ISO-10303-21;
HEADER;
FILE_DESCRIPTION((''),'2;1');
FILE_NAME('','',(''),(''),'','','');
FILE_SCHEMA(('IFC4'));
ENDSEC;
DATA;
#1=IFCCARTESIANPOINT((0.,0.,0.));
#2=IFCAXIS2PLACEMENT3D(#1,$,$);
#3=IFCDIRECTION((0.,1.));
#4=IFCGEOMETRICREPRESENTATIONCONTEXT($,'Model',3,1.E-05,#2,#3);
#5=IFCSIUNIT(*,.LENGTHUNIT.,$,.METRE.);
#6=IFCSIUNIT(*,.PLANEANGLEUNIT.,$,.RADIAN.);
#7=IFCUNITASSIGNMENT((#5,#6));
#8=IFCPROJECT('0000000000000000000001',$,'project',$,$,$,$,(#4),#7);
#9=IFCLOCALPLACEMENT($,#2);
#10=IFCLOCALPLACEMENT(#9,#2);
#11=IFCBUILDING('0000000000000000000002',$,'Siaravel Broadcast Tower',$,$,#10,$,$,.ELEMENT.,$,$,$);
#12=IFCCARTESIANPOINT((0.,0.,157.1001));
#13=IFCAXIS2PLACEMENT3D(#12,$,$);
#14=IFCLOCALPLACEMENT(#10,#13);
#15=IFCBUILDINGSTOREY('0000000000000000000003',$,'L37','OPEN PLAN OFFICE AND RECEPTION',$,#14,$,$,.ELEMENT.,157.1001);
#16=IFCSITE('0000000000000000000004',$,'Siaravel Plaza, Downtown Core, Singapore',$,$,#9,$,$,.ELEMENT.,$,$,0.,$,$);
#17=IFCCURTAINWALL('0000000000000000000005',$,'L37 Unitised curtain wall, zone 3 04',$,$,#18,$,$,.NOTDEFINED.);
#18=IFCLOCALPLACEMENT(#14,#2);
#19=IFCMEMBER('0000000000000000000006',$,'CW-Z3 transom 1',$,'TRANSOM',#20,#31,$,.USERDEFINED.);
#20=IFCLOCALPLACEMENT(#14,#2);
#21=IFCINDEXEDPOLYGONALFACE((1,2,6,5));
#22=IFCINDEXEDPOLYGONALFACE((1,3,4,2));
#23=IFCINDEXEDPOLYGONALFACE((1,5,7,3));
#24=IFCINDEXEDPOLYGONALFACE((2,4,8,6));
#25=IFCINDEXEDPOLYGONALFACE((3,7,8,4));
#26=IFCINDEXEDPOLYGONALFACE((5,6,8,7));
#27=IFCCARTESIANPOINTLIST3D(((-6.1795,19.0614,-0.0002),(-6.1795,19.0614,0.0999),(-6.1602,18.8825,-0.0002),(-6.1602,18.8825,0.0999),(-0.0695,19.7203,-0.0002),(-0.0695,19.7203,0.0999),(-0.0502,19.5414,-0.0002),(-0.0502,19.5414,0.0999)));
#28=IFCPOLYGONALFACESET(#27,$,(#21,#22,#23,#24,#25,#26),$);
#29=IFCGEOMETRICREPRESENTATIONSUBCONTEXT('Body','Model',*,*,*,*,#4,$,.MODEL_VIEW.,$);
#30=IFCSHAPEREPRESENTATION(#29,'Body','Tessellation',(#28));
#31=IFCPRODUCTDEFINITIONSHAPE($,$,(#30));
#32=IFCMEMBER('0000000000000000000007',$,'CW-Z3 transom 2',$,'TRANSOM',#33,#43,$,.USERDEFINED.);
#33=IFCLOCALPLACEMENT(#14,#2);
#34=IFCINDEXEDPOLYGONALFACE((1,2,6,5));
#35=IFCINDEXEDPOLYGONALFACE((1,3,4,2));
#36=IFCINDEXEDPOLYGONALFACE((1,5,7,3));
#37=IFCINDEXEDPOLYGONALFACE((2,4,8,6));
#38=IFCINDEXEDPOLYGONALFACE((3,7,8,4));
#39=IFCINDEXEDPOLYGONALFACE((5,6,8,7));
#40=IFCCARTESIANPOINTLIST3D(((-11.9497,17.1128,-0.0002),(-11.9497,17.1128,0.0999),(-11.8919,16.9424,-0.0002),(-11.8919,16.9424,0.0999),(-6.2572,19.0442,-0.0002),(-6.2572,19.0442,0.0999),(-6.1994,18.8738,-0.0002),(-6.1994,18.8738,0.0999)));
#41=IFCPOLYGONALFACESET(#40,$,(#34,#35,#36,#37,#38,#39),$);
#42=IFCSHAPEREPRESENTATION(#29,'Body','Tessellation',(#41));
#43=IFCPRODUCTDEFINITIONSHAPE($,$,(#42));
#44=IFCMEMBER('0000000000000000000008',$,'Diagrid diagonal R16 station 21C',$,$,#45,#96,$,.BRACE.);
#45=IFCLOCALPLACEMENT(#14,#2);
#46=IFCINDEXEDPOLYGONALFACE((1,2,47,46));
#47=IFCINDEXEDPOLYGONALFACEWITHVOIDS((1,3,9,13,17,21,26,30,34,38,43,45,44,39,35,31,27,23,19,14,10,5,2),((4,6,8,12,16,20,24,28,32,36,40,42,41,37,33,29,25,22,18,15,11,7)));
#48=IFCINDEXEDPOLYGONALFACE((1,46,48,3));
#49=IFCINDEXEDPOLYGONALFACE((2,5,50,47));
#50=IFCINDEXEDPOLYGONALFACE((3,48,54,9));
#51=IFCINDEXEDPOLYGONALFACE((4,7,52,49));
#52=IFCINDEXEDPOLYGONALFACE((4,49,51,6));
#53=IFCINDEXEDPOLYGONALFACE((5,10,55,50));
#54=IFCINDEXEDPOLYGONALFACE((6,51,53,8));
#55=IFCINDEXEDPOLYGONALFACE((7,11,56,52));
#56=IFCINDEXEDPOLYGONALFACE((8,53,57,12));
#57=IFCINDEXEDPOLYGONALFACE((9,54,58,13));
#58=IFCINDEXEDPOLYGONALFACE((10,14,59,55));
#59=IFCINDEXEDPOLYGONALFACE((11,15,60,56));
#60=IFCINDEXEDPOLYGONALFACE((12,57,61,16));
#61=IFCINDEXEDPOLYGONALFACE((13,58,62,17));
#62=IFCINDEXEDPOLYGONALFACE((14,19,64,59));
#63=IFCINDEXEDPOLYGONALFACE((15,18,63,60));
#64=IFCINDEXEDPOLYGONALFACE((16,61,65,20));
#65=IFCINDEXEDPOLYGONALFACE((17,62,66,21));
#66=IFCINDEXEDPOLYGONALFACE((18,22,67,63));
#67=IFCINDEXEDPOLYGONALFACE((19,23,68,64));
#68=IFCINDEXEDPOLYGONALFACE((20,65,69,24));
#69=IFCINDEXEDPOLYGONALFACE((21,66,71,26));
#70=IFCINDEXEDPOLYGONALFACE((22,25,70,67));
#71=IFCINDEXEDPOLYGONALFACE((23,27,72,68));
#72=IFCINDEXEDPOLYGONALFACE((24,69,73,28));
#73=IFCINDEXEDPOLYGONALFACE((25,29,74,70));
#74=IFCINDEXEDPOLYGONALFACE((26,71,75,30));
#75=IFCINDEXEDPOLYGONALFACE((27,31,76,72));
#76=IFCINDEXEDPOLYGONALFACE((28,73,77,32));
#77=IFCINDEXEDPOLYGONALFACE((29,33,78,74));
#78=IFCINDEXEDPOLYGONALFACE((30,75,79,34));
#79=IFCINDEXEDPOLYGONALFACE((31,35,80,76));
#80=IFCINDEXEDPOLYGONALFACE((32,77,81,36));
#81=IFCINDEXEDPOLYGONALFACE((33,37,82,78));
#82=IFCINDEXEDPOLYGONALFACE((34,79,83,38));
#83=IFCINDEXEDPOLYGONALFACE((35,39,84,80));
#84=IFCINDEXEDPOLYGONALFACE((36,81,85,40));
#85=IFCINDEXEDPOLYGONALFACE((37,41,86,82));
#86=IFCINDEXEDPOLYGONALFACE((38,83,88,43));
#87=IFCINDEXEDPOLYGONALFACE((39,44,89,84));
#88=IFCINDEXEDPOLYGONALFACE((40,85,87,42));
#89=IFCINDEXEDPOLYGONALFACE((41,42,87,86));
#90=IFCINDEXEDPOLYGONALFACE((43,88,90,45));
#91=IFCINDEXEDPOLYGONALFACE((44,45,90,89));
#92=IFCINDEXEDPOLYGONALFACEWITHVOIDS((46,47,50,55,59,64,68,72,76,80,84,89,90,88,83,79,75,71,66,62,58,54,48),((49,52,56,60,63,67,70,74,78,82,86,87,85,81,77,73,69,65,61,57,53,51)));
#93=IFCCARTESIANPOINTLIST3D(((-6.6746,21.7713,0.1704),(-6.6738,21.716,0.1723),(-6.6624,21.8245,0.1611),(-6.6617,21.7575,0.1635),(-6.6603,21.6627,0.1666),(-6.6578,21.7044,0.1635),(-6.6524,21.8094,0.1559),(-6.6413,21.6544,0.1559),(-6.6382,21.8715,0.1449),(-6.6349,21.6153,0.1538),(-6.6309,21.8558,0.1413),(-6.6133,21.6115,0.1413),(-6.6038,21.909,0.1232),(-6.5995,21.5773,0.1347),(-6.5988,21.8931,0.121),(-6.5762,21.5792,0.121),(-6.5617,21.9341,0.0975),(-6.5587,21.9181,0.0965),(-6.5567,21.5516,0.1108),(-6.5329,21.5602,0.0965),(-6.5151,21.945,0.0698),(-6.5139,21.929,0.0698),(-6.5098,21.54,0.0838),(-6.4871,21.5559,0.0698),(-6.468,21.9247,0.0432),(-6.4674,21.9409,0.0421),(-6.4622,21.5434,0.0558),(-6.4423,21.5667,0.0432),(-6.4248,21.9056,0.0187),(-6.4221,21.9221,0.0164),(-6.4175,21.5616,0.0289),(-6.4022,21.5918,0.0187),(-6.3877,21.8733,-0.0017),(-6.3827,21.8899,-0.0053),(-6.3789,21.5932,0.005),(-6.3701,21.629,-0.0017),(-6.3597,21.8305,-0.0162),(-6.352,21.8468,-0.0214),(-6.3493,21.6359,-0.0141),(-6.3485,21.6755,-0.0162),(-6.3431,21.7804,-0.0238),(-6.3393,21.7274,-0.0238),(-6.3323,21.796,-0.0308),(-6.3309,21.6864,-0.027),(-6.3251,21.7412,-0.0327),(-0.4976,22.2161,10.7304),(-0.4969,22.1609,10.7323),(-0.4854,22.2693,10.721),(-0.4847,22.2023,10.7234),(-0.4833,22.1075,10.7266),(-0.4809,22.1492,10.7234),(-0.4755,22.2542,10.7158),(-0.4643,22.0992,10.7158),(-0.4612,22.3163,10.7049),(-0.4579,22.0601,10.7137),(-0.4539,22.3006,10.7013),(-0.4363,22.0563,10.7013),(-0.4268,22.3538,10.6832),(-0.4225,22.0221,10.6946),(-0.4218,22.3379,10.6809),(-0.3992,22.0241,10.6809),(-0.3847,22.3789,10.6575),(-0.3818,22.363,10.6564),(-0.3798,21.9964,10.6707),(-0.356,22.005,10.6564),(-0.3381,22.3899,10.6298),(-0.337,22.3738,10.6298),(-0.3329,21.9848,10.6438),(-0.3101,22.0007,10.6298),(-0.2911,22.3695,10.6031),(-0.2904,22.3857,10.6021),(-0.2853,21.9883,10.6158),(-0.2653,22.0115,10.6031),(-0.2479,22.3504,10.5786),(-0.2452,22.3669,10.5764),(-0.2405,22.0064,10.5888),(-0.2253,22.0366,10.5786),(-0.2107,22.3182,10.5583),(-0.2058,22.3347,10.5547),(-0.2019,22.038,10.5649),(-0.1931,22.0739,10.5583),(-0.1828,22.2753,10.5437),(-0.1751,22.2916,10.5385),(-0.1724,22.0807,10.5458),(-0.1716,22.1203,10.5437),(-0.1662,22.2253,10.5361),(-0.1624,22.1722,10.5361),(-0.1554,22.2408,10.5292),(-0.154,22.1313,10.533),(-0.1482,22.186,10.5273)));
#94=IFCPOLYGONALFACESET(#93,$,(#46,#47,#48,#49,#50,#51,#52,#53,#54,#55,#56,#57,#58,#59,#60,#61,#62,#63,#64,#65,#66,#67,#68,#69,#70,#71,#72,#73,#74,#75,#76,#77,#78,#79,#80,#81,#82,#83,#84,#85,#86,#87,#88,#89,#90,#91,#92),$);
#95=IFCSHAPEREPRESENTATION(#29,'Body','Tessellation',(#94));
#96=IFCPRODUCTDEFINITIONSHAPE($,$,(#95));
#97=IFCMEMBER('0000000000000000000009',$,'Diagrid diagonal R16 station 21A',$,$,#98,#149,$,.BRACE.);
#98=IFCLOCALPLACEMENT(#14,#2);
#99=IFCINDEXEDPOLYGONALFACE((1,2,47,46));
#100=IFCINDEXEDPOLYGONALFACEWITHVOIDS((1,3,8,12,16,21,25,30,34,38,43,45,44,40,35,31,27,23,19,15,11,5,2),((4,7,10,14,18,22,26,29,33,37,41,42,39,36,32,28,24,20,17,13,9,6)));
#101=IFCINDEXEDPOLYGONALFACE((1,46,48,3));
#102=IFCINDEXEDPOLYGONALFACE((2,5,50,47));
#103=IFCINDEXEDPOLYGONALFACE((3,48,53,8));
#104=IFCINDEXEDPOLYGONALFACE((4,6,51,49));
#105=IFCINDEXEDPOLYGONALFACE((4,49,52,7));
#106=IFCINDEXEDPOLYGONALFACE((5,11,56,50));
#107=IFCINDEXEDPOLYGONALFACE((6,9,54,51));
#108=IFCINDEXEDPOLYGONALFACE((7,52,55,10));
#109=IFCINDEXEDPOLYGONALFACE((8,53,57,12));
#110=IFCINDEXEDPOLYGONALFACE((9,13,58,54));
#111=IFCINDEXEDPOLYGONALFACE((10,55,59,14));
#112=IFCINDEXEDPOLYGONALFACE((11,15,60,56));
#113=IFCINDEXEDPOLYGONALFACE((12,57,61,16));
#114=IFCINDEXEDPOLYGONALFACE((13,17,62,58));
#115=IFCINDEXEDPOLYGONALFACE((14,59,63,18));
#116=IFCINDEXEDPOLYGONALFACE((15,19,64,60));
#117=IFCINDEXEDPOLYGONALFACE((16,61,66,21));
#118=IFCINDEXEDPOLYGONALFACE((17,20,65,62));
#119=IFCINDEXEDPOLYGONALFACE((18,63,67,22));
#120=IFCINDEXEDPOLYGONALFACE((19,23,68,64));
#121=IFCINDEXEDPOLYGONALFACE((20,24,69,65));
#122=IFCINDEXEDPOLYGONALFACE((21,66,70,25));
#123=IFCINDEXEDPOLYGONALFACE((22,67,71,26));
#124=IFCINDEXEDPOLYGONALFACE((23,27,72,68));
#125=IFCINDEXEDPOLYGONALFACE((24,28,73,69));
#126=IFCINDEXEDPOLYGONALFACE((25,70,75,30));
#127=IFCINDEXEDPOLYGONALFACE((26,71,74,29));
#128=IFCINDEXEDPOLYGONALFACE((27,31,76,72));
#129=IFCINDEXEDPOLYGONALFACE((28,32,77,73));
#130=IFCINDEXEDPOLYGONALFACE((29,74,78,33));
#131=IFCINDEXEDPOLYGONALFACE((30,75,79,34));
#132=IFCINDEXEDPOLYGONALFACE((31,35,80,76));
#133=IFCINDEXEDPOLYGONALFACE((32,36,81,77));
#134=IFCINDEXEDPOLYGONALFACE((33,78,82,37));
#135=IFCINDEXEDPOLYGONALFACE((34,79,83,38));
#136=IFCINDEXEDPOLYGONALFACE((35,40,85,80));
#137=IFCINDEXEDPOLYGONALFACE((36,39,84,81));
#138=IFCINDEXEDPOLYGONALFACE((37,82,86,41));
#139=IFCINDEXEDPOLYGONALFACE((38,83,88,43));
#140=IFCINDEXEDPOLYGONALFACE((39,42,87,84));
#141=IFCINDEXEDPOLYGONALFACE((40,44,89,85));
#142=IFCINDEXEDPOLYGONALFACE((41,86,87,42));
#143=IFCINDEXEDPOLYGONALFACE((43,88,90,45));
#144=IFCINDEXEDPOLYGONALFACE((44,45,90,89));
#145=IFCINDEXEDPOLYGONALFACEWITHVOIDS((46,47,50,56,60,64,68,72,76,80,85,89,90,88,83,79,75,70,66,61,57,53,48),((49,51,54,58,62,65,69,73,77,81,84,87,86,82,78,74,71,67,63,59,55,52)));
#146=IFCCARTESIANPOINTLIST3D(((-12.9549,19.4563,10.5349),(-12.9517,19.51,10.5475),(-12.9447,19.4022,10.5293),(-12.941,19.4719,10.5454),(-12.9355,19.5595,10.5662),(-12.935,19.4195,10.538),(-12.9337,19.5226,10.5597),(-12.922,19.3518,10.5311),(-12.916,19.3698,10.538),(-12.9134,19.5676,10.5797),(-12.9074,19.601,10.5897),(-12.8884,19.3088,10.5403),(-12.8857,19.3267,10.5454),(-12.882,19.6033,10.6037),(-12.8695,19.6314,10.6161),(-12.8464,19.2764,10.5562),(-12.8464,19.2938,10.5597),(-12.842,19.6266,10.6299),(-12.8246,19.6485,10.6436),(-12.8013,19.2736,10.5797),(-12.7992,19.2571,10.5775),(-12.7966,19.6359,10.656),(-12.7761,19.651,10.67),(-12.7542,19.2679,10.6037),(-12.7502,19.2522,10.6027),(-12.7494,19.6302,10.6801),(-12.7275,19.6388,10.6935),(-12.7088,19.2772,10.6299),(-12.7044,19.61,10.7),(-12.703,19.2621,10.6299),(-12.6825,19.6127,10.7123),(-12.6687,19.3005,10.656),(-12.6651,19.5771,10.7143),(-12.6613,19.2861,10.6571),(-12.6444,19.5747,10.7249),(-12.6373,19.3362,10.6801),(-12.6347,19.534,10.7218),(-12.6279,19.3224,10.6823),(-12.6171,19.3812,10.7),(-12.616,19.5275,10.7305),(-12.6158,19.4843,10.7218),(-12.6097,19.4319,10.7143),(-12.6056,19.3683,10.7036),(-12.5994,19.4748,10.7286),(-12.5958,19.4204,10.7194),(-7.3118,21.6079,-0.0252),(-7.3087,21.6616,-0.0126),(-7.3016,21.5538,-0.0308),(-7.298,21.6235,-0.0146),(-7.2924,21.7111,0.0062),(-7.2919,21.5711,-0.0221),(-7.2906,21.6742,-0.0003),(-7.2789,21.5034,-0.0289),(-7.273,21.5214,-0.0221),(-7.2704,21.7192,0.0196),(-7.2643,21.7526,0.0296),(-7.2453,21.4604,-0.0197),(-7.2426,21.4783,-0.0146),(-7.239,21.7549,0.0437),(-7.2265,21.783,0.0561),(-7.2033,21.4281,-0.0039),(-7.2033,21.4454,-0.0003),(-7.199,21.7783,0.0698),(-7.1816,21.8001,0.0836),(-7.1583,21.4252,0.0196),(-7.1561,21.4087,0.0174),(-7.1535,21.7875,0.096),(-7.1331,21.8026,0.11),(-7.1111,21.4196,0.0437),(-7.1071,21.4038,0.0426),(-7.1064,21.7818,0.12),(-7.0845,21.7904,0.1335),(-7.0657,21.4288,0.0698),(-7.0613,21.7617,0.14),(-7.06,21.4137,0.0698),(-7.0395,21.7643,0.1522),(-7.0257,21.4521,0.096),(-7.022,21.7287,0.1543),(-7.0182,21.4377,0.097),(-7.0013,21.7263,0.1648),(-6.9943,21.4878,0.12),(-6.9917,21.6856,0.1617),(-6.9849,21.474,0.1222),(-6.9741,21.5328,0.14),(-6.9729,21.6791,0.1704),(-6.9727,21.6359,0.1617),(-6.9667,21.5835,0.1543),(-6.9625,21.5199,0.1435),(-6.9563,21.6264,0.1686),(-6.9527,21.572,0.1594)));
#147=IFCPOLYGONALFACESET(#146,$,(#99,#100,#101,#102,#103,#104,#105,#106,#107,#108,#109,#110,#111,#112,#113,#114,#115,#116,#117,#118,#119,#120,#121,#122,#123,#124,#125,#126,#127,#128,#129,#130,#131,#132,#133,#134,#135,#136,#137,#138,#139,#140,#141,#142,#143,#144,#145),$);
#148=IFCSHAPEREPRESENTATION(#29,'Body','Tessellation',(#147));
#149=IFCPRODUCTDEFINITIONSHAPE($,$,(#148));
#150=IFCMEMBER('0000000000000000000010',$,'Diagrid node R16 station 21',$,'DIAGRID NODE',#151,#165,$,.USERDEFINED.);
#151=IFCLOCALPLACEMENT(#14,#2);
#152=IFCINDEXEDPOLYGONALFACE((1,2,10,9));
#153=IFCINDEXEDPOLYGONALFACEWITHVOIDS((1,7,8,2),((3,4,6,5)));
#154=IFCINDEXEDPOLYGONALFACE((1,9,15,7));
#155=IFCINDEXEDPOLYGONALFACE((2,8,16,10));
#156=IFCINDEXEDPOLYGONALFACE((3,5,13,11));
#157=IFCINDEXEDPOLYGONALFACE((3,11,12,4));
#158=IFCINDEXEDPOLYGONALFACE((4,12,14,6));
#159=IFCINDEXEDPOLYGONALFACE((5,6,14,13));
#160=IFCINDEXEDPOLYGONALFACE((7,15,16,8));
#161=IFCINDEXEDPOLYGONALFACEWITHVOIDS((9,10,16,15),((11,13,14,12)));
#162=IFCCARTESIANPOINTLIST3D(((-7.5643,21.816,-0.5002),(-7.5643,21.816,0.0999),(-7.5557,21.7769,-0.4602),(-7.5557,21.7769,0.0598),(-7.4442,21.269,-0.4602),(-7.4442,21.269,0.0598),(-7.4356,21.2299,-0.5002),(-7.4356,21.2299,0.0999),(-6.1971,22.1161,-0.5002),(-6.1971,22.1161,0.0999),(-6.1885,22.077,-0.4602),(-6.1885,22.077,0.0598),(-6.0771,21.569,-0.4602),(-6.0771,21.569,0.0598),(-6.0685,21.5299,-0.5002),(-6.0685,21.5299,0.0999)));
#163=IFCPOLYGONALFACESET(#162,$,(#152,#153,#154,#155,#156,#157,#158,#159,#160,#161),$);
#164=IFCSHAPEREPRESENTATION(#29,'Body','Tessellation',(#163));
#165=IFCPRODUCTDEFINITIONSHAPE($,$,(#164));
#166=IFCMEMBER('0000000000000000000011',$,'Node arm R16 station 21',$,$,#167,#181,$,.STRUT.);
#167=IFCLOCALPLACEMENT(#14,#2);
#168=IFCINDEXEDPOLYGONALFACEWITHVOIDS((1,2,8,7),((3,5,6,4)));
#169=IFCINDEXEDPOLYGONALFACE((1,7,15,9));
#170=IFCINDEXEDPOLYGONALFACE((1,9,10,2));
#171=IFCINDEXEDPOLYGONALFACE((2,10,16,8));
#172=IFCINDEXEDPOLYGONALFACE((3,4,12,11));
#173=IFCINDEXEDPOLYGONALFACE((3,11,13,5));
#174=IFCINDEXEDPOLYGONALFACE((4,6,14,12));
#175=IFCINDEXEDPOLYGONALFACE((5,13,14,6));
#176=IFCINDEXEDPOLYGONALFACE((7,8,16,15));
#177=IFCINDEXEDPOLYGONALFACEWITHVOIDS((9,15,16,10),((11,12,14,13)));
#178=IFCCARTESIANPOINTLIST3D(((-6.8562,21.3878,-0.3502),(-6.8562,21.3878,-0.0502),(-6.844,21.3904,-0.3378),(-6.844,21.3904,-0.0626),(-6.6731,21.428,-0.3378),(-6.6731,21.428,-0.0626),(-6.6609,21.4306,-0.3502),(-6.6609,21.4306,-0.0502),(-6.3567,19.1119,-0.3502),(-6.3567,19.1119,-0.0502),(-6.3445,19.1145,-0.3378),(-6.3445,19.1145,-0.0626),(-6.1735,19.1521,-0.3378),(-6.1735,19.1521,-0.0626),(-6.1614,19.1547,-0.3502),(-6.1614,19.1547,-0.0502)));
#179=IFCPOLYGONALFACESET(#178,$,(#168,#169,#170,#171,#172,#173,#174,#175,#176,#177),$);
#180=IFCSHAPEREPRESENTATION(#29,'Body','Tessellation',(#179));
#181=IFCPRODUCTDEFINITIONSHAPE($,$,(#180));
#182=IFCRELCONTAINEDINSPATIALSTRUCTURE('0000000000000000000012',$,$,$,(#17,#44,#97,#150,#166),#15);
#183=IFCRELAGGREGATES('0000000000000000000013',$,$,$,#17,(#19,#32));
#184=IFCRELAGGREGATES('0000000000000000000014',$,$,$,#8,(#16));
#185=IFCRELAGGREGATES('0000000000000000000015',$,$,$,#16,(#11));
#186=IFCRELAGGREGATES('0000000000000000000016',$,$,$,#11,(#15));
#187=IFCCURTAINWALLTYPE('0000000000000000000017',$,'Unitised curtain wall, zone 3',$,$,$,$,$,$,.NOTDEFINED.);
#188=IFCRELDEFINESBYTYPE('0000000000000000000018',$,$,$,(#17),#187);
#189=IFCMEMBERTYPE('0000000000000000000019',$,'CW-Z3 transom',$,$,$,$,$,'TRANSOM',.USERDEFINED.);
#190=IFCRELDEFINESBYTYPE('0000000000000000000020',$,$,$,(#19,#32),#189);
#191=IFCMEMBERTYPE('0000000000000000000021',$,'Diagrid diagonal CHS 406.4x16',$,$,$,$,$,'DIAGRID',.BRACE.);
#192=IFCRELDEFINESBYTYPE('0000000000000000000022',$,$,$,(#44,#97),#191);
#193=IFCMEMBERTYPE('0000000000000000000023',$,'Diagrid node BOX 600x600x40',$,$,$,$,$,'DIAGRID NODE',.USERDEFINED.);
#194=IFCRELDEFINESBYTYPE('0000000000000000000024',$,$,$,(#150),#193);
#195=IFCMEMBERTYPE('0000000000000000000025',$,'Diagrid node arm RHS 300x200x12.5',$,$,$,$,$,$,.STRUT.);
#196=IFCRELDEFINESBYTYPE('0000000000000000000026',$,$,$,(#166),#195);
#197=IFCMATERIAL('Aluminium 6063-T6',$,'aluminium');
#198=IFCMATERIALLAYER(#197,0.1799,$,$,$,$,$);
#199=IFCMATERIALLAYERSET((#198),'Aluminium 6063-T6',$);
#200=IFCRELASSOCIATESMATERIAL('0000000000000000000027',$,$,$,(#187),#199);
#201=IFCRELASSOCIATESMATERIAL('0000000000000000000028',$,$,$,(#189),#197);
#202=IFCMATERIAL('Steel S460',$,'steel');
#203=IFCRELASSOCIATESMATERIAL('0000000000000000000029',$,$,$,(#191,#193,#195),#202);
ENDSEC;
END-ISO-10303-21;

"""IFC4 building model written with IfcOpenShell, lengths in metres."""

from ifc_helpers import new_model, si_unit, direction, frame, origin, origin_2d, place, context, subcontext, project, spatial, rectangle, hollow_rectangle, hollow_circle, extrude, material, layer, layer_set, material_profile, profile_set, type_object, element, aggregate, save


model = new_model("IFC4")

# Units and contexts
model_context = context("Model", 3, precision=1e-05, world=origin(), true_north=direction((0.0, 1.0)))
body_context = subcontext(model_context, "Body", "Model", "MODEL_VIEW")
ifc_project = project(units=[si_unit("LENGTHUNIT", "METRE"), si_unit("PLANEANGLEUNIT", "RADIAN")], contexts=[model_context])

# Site, building, storey
site_placement = place(None, origin())
site = spatial("IfcSite", under=ifc_project, at=site_placement, Name="Siaravel Plaza, Downtown Core, Singapore", CompositionType="ELEMENT", RefElevation=0.0)
building_placement = place(site_placement, origin())
building = spatial("IfcBuilding", under=site, at=building_placement, Name="Siaravel Broadcast Tower", CompositionType="ELEMENT")
storey_placement = place(building_placement, frame((0.0, 0.0, 157.1001)))
storey = spatial("IfcBuildingStorey", under=building, at=storey_placement, Name="L37", Description="OPEN PLAN OFFICE AND RECEPTION", CompositionType="ELEMENT", Elevation=157.1001)

# Curtain wall, members
ifc_material_1 = material(Name="Aluminium 6063-T6", Category="aluminium")
ifc_layer_1 = layer(ifc_material_1, 0.1799)
ifc_layer_set_1 = layer_set([ifc_layer_1], Name="Aluminium 6063-T6")
curtain_wall_type = type_object("IfcCurtainWallType", Name="Unitised curtain wall, zone 3", PredefinedType="NOTDEFINED", material=ifc_layer_set_1)
curtain_wall_placement = place(storey_placement, origin())
curtain_wall = element("IfcCurtainWall", 1, at=curtain_wall_placement, inside=storey, type_object=curtain_wall_type, Name="L37 Unitised curtain wall, zone 3 04", PredefinedType="NOTDEFINED")
ifc_material_profile_1 = material_profile(ifc_material_1, rectangle(XDim=0.1799, YDim=0.1001, at=origin_2d()))
ifc_profile_set_1 = profile_set([ifc_material_profile_1], Name="Aluminium 6063-T6")
member_type_1 = type_object("IfcMemberType", Name="CW-Z3 transom", ElementType="TRANSOM", PredefinedType="USERDEFINED", material=ifc_profile_set_1)
member_1_placement = place(storey_placement, frame((-0.0598, 19.6309, 0.0498), z_axis=(-0.994235, -0.107222, 0.0), x_axis=(0.107222, -0.994235, 0.0)))
member_1 = element("IfcMember", 2, at=member_1_placement, type_object=member_type_1, Name="CW-Z3 transom 1", ObjectType="TRANSOM", PredefinedType="USERDEFINED", context=body_context, shape_type="SweptSolid", body=[
    extrude(rectangle(XDim=0.1799, YDim=0.1001, at=origin_2d()), origin(), (0.0, 0.0, 1.0), 6.1455),
])
member_2_placement = place(storey_placement, frame((-6.2283, 18.959, 0.0498), z_axis=(-0.94698, -0.321292, 0.0), x_axis=(0.321292, -0.94698, 0.0)))
member_2 = element("IfcMember", 3, at=member_2_placement, type_object=member_type_1, Name="CW-Z3 transom 2", ObjectType="TRANSOM", PredefinedType="USERDEFINED", context=body_context, shape_type="SweptSolid", body=[
    extrude(rectangle(XDim=0.1799, YDim=0.1001, at=origin_2d()), origin(), (0.0, 0.0, 1.0), 6.0112),
])

# Members
ifc_material_2 = material(Name="Steel S460", Category="steel")
ifc_material_profile_2 = material_profile(ifc_material_2, hollow_circle(Radius=0.2031, WallThickness=0.0161, at=origin_2d()))
ifc_profile_set_2 = profile_set([ifc_material_profile_2], Name="Steel S460")
member_type_2 = type_object("IfcMemberType", Name="Diagrid diagonal CHS 406.4x16", ElementType="DIAGRID", PredefinedType="BRACE", material=ifc_profile_set_2)
member_3_placement = place(storey_placement, frame((-6.5005, 21.7424, 0.0698), z_axis=(0.504572, 0.036336, 0.862605), x_axis=(-0.071827, 0.997417, 0.0)))
element("IfcMember", 4, at=member_3_placement, inside=storey, type_object=member_type_2, Name="Diagrid diagonal R16 station 21C", PredefinedType="BRACE", context=body_context, shape_type="SweptSolid", body=[
    extrude(hollow_circle(Radius=0.2031, WallThickness=0.0161, at=origin_2d()), origin(), (0.0, 0.0, 1.0), 12.2419),
])
member_4_placement = place(storey_placement, frame((-7.1323, 21.6035, 0.0698), z_axis=(-0.463875, -0.176868, 0.868065), x_axis=(0.356266, -0.934385, 0.0)))
element("IfcMember", 5, at=member_4_placement, inside=storey, type_object=member_type_2, Name="Diagrid diagonal R16 station 21A", PredefinedType="BRACE", context=body_context, shape_type="SweptSolid", body=[
    extrude(hollow_circle(Radius=0.2031, WallThickness=0.0161, at=origin_2d()), origin(), (0.0, 0.0, 1.0), 12.165),
])
ifc_material_profile_3 = material_profile(ifc_material_2, hollow_rectangle(XDim=0.6001, YDim=0.6001, WallThickness=0.04, at=origin_2d()))
ifc_profile_set_3 = profile_set([ifc_material_profile_3], Name="Steel S460")
member_type_3 = type_object("IfcMemberType", Name="Diagrid node BOX 600x600x40", ElementType="DIAGRID NODE", PredefinedType="USERDEFINED", material=ifc_profile_set_3)
member_5_placement = place(storey_placement, frame((-6.1328, 21.823, -0.2002), z_axis=(-0.976754, -0.214363, 0.0), x_axis=(0.214363, -0.976754, 0.0)))
element("IfcMember", 6, at=member_5_placement, inside=storey, type_object=member_type_3, Name="Diagrid node R16 station 21", ObjectType="DIAGRID NODE", PredefinedType="USERDEFINED", context=body_context, shape_type="SweptSolid", body=[
    extrude(hollow_rectangle(XDim=0.6001, YDim=0.6001, WallThickness=0.04, at=origin_2d()), origin(), (0.0, 0.0, 1.0), 1.3997),
])
ifc_material_profile_4 = material_profile(ifc_material_2, hollow_rectangle(XDim=0.2, YDim=0.3, WallThickness=0.0125, at=origin_2d()))
ifc_profile_set_4 = profile_set([ifc_material_profile_4], Name="Steel S460")
member_type_4 = type_object("IfcMemberType", Name="Diagrid node arm RHS 300x200x12.5", PredefinedType="STRUT", material=ifc_profile_set_4)
member_6_placement = place(storey_placement, frame((-6.259, 19.1333, -0.2002), z_axis=(-0.214378, 0.976751, 0.0), x_axis=(-0.976751, -0.214378, 0.0)))
element("IfcMember", 7, at=member_6_placement, inside=storey, type_object=member_type_4, Name="Node arm R16 station 21", PredefinedType="STRUT", context=body_context, shape_type="SweptSolid", body=[
    extrude(hollow_rectangle(XDim=0.2, YDim=0.3, WallThickness=0.0125, at=origin_2d()), origin(), (0.0, 0.0, 1.0), 2.3301),
])

aggregate(curtain_wall, [member_1, member_2])

save(model, "model.ifc")
